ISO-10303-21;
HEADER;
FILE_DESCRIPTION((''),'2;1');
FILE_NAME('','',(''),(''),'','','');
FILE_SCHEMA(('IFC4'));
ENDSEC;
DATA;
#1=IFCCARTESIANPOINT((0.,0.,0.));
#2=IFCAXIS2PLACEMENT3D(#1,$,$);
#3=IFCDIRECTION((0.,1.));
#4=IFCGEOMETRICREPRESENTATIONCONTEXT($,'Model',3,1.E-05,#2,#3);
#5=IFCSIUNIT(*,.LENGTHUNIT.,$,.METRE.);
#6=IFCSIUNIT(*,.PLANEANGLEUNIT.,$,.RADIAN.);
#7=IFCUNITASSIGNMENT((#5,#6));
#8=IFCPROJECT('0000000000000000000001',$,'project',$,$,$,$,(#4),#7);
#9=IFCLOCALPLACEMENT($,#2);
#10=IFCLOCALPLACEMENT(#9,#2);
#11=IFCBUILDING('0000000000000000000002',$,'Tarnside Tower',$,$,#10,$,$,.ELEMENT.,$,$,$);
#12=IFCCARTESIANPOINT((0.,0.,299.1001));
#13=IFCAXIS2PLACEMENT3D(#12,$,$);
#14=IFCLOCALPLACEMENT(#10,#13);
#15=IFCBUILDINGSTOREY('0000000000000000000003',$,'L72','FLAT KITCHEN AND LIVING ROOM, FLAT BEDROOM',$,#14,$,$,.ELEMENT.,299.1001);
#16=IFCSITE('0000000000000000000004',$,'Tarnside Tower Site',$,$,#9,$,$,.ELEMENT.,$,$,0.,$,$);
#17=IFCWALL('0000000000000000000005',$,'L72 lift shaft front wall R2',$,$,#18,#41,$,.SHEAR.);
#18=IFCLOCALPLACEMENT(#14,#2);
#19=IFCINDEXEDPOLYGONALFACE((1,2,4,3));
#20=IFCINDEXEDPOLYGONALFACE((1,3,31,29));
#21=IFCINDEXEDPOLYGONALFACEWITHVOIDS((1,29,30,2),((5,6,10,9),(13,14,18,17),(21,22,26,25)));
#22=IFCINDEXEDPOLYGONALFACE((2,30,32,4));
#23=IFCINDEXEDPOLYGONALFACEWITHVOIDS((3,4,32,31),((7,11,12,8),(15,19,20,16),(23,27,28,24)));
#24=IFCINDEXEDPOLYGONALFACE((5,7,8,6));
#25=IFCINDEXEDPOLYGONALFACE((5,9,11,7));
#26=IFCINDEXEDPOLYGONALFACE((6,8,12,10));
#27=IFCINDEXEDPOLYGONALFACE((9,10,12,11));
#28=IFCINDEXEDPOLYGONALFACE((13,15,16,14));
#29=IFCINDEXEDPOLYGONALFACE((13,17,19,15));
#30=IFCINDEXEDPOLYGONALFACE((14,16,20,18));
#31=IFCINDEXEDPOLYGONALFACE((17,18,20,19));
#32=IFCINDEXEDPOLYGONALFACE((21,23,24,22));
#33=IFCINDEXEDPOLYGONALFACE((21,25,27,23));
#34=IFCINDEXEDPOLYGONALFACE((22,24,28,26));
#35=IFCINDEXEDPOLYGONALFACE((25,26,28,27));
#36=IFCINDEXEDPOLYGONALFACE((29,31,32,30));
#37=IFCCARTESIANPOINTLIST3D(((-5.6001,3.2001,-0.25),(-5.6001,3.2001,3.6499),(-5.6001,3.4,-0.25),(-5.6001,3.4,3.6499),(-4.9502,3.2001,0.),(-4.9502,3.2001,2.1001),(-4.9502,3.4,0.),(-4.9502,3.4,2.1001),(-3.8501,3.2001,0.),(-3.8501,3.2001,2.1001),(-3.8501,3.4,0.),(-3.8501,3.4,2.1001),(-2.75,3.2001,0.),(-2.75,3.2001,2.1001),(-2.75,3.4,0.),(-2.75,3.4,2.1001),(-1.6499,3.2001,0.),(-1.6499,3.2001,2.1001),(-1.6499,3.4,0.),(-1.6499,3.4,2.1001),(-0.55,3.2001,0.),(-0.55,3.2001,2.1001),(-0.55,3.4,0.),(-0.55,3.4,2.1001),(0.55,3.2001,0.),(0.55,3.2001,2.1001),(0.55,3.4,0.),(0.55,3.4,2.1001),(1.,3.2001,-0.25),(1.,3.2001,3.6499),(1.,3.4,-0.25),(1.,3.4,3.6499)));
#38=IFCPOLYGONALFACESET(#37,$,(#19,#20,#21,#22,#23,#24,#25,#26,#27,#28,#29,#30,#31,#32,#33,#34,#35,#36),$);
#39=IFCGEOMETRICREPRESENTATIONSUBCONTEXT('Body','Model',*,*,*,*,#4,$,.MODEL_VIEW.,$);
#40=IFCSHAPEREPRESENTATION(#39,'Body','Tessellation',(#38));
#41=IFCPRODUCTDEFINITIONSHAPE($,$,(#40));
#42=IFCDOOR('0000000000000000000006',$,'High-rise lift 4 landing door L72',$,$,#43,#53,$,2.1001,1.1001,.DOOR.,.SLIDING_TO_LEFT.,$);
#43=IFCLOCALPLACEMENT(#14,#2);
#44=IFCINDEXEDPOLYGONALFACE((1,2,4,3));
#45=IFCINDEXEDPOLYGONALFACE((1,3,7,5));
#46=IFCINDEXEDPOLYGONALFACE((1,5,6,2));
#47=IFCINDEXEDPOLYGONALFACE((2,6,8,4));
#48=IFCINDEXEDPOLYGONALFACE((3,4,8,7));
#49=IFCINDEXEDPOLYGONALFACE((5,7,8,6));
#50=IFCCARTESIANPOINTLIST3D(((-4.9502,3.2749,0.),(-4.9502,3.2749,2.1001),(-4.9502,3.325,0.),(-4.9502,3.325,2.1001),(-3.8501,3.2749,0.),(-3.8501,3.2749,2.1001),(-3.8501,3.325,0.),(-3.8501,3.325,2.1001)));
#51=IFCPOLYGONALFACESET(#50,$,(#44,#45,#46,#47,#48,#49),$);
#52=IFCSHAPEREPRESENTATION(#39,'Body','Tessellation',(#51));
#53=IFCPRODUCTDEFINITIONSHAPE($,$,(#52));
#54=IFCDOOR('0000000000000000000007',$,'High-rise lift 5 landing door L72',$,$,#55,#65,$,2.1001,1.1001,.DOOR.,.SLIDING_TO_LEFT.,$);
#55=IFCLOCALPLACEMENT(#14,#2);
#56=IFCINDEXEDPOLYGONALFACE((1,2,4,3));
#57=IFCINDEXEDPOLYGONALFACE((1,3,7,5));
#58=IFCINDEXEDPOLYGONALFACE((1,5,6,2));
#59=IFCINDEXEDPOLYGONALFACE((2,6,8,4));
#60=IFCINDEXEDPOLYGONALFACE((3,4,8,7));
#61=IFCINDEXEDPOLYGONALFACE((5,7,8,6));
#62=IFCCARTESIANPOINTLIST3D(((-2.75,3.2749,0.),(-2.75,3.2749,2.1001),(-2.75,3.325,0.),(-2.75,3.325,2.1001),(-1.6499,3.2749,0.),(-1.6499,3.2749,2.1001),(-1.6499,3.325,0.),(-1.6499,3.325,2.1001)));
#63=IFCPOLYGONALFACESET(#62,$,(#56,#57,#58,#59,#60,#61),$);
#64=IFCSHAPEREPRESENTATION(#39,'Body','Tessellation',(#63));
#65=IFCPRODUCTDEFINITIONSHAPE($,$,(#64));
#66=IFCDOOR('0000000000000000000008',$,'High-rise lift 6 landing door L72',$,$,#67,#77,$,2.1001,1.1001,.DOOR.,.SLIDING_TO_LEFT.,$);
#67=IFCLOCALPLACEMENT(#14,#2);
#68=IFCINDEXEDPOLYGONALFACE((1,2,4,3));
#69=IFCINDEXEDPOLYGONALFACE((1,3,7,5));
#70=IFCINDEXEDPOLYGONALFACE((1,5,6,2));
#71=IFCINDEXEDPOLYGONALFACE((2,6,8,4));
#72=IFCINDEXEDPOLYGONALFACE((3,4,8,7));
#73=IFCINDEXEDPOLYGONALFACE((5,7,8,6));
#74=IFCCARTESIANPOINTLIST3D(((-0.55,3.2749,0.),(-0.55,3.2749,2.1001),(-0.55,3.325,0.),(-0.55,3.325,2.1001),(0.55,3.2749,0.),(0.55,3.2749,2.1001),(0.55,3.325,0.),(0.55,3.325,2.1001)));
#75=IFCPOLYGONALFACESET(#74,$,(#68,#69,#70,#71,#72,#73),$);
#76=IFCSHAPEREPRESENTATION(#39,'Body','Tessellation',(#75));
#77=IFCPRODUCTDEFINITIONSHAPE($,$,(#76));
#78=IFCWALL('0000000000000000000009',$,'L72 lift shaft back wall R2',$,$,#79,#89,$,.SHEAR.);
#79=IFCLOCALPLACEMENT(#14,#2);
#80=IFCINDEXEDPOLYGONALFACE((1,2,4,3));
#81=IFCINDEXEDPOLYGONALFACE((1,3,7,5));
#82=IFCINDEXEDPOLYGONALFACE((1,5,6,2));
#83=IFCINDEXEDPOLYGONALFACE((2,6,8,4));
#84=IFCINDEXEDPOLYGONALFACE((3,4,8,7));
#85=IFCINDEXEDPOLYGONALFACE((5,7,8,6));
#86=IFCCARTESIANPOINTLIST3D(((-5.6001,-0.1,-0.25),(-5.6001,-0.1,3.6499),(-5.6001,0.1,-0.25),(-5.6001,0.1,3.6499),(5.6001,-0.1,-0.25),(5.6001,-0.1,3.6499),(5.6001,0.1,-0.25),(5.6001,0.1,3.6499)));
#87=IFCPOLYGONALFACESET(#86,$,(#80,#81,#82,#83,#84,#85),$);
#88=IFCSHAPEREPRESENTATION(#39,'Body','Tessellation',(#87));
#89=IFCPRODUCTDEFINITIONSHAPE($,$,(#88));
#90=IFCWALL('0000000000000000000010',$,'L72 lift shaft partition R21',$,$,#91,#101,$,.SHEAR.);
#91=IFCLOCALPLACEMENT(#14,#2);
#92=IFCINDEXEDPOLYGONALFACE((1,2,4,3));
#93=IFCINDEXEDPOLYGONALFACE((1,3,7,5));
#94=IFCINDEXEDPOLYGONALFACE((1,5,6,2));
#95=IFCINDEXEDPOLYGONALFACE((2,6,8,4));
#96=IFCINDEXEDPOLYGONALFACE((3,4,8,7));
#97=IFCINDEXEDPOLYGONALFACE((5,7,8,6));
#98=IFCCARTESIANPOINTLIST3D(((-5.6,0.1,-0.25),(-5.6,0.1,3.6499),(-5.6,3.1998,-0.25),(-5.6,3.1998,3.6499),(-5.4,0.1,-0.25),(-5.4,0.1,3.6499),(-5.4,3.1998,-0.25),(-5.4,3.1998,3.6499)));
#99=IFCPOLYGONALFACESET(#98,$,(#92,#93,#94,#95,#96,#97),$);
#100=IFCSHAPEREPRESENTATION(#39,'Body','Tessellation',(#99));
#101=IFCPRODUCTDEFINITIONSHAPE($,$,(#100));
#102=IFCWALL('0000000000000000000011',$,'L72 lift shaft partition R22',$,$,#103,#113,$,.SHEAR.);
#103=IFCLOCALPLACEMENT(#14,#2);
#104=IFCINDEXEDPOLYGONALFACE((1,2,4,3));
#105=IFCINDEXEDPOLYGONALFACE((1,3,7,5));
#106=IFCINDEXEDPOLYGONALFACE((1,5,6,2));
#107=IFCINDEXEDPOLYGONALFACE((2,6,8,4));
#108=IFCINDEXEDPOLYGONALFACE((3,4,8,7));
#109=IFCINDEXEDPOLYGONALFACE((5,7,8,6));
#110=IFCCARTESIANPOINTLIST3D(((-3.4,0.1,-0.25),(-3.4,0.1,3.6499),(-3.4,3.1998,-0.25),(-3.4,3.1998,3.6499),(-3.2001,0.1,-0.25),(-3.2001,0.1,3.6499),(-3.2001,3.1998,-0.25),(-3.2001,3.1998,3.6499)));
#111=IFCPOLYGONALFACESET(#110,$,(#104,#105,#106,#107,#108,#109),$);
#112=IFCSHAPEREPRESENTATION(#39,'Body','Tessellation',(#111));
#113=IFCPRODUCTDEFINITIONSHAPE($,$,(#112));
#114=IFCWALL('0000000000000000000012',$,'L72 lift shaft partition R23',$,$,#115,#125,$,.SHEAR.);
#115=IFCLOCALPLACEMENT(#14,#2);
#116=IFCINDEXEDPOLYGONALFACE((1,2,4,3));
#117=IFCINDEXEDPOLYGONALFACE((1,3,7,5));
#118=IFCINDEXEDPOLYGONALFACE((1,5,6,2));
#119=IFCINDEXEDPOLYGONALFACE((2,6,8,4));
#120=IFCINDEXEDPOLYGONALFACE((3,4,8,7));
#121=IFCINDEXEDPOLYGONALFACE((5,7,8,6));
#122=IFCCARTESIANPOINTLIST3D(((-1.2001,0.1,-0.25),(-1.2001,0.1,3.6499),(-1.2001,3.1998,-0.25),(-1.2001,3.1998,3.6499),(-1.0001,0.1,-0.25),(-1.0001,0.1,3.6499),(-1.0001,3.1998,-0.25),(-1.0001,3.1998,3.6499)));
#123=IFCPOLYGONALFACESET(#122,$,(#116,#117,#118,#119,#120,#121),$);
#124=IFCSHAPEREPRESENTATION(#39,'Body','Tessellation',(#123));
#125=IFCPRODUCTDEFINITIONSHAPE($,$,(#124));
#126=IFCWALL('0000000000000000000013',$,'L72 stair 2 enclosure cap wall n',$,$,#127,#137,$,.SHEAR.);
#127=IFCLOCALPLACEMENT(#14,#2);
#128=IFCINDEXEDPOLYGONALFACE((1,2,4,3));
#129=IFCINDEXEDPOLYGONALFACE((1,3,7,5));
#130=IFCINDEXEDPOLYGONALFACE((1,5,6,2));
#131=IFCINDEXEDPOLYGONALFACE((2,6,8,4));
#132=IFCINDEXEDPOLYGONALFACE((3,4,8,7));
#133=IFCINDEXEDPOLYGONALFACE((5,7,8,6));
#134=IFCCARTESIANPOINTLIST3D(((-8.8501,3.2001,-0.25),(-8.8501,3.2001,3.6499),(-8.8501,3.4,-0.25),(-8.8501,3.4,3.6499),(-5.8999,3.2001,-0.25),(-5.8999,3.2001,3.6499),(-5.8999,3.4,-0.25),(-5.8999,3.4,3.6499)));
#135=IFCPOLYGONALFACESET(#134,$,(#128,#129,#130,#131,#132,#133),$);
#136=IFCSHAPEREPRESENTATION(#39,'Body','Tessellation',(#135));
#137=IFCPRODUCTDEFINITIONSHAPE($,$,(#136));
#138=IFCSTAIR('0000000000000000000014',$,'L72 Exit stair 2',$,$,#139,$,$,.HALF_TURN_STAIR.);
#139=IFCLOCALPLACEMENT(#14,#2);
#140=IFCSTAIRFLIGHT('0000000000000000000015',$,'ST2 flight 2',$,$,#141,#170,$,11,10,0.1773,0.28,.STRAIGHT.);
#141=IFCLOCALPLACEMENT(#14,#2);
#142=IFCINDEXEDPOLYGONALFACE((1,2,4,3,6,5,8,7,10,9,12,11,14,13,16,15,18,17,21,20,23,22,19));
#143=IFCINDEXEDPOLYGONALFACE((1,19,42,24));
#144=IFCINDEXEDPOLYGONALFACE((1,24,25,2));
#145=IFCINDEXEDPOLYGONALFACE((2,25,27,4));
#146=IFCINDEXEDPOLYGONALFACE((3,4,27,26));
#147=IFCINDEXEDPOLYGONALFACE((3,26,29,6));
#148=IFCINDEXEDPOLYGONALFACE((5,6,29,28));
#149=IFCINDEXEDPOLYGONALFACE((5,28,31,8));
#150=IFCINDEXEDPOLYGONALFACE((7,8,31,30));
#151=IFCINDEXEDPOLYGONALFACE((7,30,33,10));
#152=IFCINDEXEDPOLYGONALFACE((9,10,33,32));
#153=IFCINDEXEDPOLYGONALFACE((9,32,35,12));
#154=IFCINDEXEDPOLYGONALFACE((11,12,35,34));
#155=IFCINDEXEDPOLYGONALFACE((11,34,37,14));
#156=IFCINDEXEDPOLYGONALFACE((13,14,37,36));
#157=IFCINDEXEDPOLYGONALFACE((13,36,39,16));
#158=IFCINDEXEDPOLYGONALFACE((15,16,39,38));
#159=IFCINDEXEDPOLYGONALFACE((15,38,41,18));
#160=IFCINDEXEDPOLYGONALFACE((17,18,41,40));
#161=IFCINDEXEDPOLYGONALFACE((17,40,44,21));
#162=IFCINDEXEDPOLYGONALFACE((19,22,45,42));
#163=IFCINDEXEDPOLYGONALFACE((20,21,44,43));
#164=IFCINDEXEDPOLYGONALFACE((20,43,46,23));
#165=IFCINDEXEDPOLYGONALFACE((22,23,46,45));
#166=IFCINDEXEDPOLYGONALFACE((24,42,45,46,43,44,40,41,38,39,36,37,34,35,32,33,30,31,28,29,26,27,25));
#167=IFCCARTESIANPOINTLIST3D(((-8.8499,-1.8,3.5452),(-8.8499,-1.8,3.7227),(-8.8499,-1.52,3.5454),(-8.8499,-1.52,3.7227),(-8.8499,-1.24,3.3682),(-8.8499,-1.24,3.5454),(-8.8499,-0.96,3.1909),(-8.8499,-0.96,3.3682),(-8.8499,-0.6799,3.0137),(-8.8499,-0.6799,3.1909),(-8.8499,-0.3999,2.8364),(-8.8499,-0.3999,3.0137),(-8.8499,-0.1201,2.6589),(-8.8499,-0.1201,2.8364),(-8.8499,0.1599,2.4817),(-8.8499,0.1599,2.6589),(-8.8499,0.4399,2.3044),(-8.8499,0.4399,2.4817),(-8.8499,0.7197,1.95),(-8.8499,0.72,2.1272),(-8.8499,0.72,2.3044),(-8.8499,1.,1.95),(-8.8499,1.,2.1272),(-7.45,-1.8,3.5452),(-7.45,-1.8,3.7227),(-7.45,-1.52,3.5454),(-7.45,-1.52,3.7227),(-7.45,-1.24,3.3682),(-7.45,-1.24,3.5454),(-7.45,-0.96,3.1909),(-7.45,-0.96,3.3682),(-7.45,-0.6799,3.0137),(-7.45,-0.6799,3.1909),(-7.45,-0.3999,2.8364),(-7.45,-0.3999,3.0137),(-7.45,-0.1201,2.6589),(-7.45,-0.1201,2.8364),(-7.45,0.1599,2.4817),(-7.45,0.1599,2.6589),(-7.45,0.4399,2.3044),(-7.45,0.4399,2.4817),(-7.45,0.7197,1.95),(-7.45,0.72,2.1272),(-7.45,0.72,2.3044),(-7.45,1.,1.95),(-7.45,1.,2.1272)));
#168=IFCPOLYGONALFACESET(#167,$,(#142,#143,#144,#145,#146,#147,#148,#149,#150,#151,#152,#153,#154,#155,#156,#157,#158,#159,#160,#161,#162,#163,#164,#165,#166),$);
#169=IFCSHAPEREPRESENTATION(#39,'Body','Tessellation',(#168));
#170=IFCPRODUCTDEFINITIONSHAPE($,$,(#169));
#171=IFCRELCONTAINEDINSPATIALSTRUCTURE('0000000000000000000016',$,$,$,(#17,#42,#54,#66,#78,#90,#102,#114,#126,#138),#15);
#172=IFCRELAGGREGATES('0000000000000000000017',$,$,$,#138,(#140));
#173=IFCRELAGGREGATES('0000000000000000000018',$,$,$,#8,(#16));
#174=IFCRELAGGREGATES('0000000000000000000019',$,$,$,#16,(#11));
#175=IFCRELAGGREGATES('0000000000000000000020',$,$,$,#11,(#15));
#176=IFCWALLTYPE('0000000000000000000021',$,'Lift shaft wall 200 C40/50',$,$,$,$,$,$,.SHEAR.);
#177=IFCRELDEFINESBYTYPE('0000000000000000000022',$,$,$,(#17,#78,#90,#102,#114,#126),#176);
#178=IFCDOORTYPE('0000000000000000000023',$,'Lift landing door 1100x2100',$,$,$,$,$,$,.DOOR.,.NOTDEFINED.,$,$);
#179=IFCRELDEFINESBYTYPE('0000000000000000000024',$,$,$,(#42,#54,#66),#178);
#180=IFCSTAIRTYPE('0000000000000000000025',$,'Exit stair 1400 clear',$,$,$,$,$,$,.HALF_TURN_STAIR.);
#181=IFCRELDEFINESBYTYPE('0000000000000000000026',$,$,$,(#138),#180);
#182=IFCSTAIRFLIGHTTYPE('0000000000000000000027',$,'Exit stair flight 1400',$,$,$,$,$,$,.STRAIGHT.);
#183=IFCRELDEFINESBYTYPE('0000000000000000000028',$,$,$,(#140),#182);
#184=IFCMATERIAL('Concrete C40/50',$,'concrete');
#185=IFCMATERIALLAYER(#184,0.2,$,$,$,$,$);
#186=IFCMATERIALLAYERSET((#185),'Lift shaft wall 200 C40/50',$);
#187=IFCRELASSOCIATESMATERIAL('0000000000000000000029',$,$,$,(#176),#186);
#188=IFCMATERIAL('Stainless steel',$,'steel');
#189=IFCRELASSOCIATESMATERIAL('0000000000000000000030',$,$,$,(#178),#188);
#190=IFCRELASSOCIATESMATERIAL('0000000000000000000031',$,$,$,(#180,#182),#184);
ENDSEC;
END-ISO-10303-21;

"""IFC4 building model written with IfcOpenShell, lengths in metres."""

from ifc_helpers import new_model, si_unit, direction, frame, frame_2d, origin, place, context, subcontext, project, spatial, polyline, rectangle, outline, extrude, material, layer, layer_set, type_object, element, fill, aggregate, save


model = new_model("IFC4")

# Units and contexts
model_context = context("Model", 3, precision=1e-05, world=origin(), true_north=direction((0.0, 1.0)))
body_context = subcontext(model_context, "Body", "Model", "MODEL_VIEW")
ifc_project = project(units=[si_unit("LENGTHUNIT", "METRE"), si_unit("PLANEANGLEUNIT", "RADIAN")], contexts=[model_context])

# Site, building, storey
site_placement = place(None, origin())
site = spatial("IfcSite", under=ifc_project, at=site_placement, Name="Tarnside Tower Site", CompositionType="ELEMENT", RefElevation=0.0)
building_placement = place(site_placement, origin())
building = spatial("IfcBuilding", under=site, at=building_placement, Name="Tarnside Tower", CompositionType="ELEMENT")
storey_placement = place(building_placement, frame((0.0, 0.0, 299.1001)))
storey = spatial("IfcBuildingStorey", under=building, at=storey_placement, Name="L72", Description="FLAT KITCHEN AND LIVING ROOM, FLAT BEDROOM", CompositionType="ELEMENT", Elevation=299.1001)

# Shared definitions
ifc_material_1 = material(Name="Concrete C40/50", Category="concrete")
ifc_layer_1 = layer(ifc_material_1, 0.2)
ifc_layer_set_1 = layer_set([ifc_layer_1], Name="Lift shaft wall 200 C40/50")
wall_type_1 = type_object("IfcWallType", Name="Lift shaft wall 200 C40/50", PredefinedType="SHEAR", material=ifc_layer_set_1)
ifc_material_2 = material(Name="Stainless steel", Category="steel")
door_type_1 = type_object("IfcDoorType", Name="Lift landing door 1100x2100", OperationType="NOTDEFINED", PredefinedType="DOOR", material=ifc_material_2)

# Wall, openings, doors
wall_1_placement = place(storey_placement, frame((-5.6001, 3.3, -0.25), z_axis=(0.0, 0.0, 1.0), x_axis=(1.0, 0.0, 0.0)))
wall_1 = element("IfcWall", 1, at=wall_1_placement, inside=storey, type_object=wall_type_1, Name="L72 lift shaft front wall R2", PredefinedType="SHEAR", context=body_context, shape_type="SweptSolid", body=[
    extrude(rectangle(XDim=6.6001, YDim=0.2, at=frame_2d((3.3, 0.0))), origin(), (0.0, 0.0, 1.0), 3.8999),
])
opening_1_placement = place(wall_1_placement, frame((0.6499, 0.0, 0.25)))
opening_1 = element("IfcOpeningElement", 2, at=opening_1_placement, cuts=wall_1, PredefinedType="OPENING", context=body_context, shape_type="SweptSolid", body=[
    extrude(rectangle(XDim=1.1001, YDim=2.1001, at=frame_2d((0.55, 1.05))), frame((0.0, 0.1099, 0.0), z_axis=(0.0, -1.0, 0.0), x_axis=(1.0, 0.0, 0.0)), (0.0, 0.0, 1.0), 0.22),
])
opening_2_placement = place(wall_1_placement, frame((2.8501, 0.0, 0.25)))
opening_2 = element("IfcOpeningElement", 3, at=opening_2_placement, cuts=wall_1, PredefinedType="OPENING", context=body_context, shape_type="SweptSolid", body=[
    extrude(rectangle(XDim=1.1001, YDim=2.1001, at=frame_2d((0.55, 1.05))), frame((0.0, 0.1099, 0.0), z_axis=(0.0, -1.0, 0.0), x_axis=(1.0, 0.0, 0.0)), (0.0, 0.0, 1.0), 0.22),
])
opening_3_placement = place(wall_1_placement, frame((5.05, 0.0, 0.25)))
opening_3 = element("IfcOpeningElement", 4, at=opening_3_placement, cuts=wall_1, PredefinedType="OPENING", context=body_context, shape_type="SweptSolid", body=[
    extrude(rectangle(XDim=1.1001, YDim=2.1001, at=frame_2d((0.55, 1.05))), frame((0.0, 0.1099, 0.0), z_axis=(0.0, -1.0, 0.0), x_axis=(1.0, 0.0, 0.0)), (0.0, 0.0, 1.0), 0.22),
])
door_1_placement = place(opening_1_placement, origin())
door_1 = element("IfcDoor", 5, at=door_1_placement, inside=storey, type_object=door_type_1, Name="High-rise lift 4 landing door L72", OperationType="SLIDING_TO_LEFT", OverallHeight=2.1001, OverallWidth=1.1001, PredefinedType="DOOR", context=body_context, shape_type="SweptSolid", body=[
    extrude(rectangle(XDim=1.1001, YDim=2.1001, at=frame_2d((0.55, 1.05))), frame((0.0, 0.0249, 0.0), z_axis=(0.0, -1.0, 0.0), x_axis=(1.0, 0.0, 0.0)), (0.0, 0.0, 1.0), 0.05),
])
fill(opening_1, door_1)
door_2_placement = place(opening_2_placement, origin())
door_2 = element("IfcDoor", 6, at=door_2_placement, inside=storey, type_object=door_type_1, Name="High-rise lift 5 landing door L72", OperationType="SLIDING_TO_LEFT", OverallHeight=2.1001, OverallWidth=1.1001, PredefinedType="DOOR", context=body_context, shape_type="SweptSolid", body=[
    extrude(rectangle(XDim=1.1001, YDim=2.1001, at=frame_2d((0.55, 1.05))), frame((0.0, 0.0249, 0.0), z_axis=(0.0, -1.0, 0.0), x_axis=(1.0, 0.0, 0.0)), (0.0, 0.0, 1.0), 0.05),
])
fill(opening_2, door_2)
door_3_placement = place(opening_3_placement, origin())
door_3 = element("IfcDoor", 7, at=door_3_placement, inside=storey, type_object=door_type_1, Name="High-rise lift 6 landing door L72", OperationType="SLIDING_TO_LEFT", OverallHeight=2.1001, OverallWidth=1.1001, PredefinedType="DOOR", context=body_context, shape_type="SweptSolid", body=[
    extrude(rectangle(XDim=1.1001, YDim=2.1001, at=frame_2d((0.55, 1.05))), frame((0.0, 0.0249, 0.0), z_axis=(0.0, -1.0, 0.0), x_axis=(1.0, 0.0, 0.0)), (0.0, 0.0, 1.0), 0.05),
])
fill(opening_3, door_3)

# Walls
wall_2_placement = place(storey_placement, frame((-5.6001, 0.0, -0.25), z_axis=(0.0, 0.0, 1.0), x_axis=(1.0, 0.0, 0.0)))
element("IfcWall", 8, at=wall_2_placement, inside=storey, type_object=wall_type_1, Name="L72 lift shaft back wall R2", PredefinedType="SHEAR", context=body_context, shape_type="SweptSolid", body=[
    extrude(rectangle(XDim=11.2002, YDim=0.2, at=frame_2d((5.6001, 0.0))), origin(), (0.0, 0.0, 1.0), 3.8999),
])
for number, where, z_axis, x_axis, name in (
    (9, (-5.5, 0.1001, -0.25), (0.0, 0.0, 1.0), (0.0, 1.0, 0.0), "L72 lift shaft partition R21"),
    (10, (-3.3, 0.1001, -0.25), (0.0, 0.0, 1.0), (0.0, 1.0, 0.0), "L72 lift shaft partition R22"),
    (11, (-1.1001, 0.1001, -0.25), (0.0, 0.0, 1.0), (0.0, 1.0, 0.0), "L72 lift shaft partition R23"),
):
    element("IfcWall", number, at=place(storey_placement, frame(where, z_axis=z_axis, x_axis=x_axis)), inside=storey, type_object=wall_type_1, Name=name, PredefinedType="SHEAR", context=body_context, shape_type="SweptSolid", body=[
        extrude(rectangle(XDim=3.0999, YDim=0.2, at=frame_2d((1.5498, 0.0))), origin(), (0.0, 0.0, 1.0), 3.8999),
    ])
wall_3_placement = place(storey_placement, frame((-8.8501, 3.3, -0.25), z_axis=(0.0, 0.0, 1.0), x_axis=(1.0, 0.0, 0.0)))
element("IfcWall", 12, at=wall_3_placement, inside=storey, type_object=wall_type_1, Name="L72 stair 2 enclosure cap wall n", PredefinedType="SHEAR", context=body_context, shape_type="SweptSolid", body=[
    extrude(rectangle(XDim=2.9502, YDim=0.2, at=frame_2d((1.4751, 0.0))), origin(), (0.0, 0.0, 1.0), 3.8999),
])

# Stair, stair flight
stair_type = type_object("IfcStairType", Name="Exit stair 1400 clear", PredefinedType="HALF_TURN_STAIR", material=ifc_material_1)
stair_placement = place(storey_placement, origin())
stair = element("IfcStair", 13, at=stair_placement, inside=storey, type_object=stair_type, Name="L72 Exit stair 2", PredefinedType="HALF_TURN_STAIR")
stair_flight_type = type_object("IfcStairFlightType", Name="Exit stair flight 1400", PredefinedType="STRAIGHT", material=ifc_material_1)
stair_flight_placement = place(storey_placement, frame((-8.1499, 1.0, 1.95), z_axis=(0.0, 0.0, 1.0), x_axis=(0.0, -1.0, 0.0)))
stair_flight = element("IfcStairFlight", 14, at=stair_flight_placement, type_object=stair_flight_type, Name="ST2 flight 2", NumberOfRisers=11, NumberOfTreads=10, PredefinedType="STRAIGHT", RiserHeight=0.1773, TreadLength=0.28, context=body_context, shape_type="SweptSolid", body=[
    extrude(outline(polyline([(0.0, 0.0), (0.0, 0.1772), (0.28, 0.1772), (0.28, 0.3545), (0.5601, 0.3545), (0.5601, 0.5317), (0.8401, 0.5317), (0.8401, 0.709), (1.1201, 0.709), (1.1201, 0.8865), (1.3999, 0.8865), (1.3999, 1.0637), (1.6799, 1.0637), (1.6799, 1.241), (1.96, 1.241), (1.96, 1.4182), (2.24, 1.4182), (2.24, 1.5955), (2.52, 1.5955), (2.52, 1.7727), (2.8, 1.7727), (2.8, 1.95), (2.8, 1.5952), (0.2803, 0.0), (0.0, 0.0)])), frame((0.0, 0.7, 0.0), z_axis=(0.0, -1.0, 0.0), x_axis=(1.0, 0.0, 0.0)), (0.0, 0.0, 1.0), 1.3999),
])
aggregate(stair, [stair_flight])

save(model, "model.ifc")
